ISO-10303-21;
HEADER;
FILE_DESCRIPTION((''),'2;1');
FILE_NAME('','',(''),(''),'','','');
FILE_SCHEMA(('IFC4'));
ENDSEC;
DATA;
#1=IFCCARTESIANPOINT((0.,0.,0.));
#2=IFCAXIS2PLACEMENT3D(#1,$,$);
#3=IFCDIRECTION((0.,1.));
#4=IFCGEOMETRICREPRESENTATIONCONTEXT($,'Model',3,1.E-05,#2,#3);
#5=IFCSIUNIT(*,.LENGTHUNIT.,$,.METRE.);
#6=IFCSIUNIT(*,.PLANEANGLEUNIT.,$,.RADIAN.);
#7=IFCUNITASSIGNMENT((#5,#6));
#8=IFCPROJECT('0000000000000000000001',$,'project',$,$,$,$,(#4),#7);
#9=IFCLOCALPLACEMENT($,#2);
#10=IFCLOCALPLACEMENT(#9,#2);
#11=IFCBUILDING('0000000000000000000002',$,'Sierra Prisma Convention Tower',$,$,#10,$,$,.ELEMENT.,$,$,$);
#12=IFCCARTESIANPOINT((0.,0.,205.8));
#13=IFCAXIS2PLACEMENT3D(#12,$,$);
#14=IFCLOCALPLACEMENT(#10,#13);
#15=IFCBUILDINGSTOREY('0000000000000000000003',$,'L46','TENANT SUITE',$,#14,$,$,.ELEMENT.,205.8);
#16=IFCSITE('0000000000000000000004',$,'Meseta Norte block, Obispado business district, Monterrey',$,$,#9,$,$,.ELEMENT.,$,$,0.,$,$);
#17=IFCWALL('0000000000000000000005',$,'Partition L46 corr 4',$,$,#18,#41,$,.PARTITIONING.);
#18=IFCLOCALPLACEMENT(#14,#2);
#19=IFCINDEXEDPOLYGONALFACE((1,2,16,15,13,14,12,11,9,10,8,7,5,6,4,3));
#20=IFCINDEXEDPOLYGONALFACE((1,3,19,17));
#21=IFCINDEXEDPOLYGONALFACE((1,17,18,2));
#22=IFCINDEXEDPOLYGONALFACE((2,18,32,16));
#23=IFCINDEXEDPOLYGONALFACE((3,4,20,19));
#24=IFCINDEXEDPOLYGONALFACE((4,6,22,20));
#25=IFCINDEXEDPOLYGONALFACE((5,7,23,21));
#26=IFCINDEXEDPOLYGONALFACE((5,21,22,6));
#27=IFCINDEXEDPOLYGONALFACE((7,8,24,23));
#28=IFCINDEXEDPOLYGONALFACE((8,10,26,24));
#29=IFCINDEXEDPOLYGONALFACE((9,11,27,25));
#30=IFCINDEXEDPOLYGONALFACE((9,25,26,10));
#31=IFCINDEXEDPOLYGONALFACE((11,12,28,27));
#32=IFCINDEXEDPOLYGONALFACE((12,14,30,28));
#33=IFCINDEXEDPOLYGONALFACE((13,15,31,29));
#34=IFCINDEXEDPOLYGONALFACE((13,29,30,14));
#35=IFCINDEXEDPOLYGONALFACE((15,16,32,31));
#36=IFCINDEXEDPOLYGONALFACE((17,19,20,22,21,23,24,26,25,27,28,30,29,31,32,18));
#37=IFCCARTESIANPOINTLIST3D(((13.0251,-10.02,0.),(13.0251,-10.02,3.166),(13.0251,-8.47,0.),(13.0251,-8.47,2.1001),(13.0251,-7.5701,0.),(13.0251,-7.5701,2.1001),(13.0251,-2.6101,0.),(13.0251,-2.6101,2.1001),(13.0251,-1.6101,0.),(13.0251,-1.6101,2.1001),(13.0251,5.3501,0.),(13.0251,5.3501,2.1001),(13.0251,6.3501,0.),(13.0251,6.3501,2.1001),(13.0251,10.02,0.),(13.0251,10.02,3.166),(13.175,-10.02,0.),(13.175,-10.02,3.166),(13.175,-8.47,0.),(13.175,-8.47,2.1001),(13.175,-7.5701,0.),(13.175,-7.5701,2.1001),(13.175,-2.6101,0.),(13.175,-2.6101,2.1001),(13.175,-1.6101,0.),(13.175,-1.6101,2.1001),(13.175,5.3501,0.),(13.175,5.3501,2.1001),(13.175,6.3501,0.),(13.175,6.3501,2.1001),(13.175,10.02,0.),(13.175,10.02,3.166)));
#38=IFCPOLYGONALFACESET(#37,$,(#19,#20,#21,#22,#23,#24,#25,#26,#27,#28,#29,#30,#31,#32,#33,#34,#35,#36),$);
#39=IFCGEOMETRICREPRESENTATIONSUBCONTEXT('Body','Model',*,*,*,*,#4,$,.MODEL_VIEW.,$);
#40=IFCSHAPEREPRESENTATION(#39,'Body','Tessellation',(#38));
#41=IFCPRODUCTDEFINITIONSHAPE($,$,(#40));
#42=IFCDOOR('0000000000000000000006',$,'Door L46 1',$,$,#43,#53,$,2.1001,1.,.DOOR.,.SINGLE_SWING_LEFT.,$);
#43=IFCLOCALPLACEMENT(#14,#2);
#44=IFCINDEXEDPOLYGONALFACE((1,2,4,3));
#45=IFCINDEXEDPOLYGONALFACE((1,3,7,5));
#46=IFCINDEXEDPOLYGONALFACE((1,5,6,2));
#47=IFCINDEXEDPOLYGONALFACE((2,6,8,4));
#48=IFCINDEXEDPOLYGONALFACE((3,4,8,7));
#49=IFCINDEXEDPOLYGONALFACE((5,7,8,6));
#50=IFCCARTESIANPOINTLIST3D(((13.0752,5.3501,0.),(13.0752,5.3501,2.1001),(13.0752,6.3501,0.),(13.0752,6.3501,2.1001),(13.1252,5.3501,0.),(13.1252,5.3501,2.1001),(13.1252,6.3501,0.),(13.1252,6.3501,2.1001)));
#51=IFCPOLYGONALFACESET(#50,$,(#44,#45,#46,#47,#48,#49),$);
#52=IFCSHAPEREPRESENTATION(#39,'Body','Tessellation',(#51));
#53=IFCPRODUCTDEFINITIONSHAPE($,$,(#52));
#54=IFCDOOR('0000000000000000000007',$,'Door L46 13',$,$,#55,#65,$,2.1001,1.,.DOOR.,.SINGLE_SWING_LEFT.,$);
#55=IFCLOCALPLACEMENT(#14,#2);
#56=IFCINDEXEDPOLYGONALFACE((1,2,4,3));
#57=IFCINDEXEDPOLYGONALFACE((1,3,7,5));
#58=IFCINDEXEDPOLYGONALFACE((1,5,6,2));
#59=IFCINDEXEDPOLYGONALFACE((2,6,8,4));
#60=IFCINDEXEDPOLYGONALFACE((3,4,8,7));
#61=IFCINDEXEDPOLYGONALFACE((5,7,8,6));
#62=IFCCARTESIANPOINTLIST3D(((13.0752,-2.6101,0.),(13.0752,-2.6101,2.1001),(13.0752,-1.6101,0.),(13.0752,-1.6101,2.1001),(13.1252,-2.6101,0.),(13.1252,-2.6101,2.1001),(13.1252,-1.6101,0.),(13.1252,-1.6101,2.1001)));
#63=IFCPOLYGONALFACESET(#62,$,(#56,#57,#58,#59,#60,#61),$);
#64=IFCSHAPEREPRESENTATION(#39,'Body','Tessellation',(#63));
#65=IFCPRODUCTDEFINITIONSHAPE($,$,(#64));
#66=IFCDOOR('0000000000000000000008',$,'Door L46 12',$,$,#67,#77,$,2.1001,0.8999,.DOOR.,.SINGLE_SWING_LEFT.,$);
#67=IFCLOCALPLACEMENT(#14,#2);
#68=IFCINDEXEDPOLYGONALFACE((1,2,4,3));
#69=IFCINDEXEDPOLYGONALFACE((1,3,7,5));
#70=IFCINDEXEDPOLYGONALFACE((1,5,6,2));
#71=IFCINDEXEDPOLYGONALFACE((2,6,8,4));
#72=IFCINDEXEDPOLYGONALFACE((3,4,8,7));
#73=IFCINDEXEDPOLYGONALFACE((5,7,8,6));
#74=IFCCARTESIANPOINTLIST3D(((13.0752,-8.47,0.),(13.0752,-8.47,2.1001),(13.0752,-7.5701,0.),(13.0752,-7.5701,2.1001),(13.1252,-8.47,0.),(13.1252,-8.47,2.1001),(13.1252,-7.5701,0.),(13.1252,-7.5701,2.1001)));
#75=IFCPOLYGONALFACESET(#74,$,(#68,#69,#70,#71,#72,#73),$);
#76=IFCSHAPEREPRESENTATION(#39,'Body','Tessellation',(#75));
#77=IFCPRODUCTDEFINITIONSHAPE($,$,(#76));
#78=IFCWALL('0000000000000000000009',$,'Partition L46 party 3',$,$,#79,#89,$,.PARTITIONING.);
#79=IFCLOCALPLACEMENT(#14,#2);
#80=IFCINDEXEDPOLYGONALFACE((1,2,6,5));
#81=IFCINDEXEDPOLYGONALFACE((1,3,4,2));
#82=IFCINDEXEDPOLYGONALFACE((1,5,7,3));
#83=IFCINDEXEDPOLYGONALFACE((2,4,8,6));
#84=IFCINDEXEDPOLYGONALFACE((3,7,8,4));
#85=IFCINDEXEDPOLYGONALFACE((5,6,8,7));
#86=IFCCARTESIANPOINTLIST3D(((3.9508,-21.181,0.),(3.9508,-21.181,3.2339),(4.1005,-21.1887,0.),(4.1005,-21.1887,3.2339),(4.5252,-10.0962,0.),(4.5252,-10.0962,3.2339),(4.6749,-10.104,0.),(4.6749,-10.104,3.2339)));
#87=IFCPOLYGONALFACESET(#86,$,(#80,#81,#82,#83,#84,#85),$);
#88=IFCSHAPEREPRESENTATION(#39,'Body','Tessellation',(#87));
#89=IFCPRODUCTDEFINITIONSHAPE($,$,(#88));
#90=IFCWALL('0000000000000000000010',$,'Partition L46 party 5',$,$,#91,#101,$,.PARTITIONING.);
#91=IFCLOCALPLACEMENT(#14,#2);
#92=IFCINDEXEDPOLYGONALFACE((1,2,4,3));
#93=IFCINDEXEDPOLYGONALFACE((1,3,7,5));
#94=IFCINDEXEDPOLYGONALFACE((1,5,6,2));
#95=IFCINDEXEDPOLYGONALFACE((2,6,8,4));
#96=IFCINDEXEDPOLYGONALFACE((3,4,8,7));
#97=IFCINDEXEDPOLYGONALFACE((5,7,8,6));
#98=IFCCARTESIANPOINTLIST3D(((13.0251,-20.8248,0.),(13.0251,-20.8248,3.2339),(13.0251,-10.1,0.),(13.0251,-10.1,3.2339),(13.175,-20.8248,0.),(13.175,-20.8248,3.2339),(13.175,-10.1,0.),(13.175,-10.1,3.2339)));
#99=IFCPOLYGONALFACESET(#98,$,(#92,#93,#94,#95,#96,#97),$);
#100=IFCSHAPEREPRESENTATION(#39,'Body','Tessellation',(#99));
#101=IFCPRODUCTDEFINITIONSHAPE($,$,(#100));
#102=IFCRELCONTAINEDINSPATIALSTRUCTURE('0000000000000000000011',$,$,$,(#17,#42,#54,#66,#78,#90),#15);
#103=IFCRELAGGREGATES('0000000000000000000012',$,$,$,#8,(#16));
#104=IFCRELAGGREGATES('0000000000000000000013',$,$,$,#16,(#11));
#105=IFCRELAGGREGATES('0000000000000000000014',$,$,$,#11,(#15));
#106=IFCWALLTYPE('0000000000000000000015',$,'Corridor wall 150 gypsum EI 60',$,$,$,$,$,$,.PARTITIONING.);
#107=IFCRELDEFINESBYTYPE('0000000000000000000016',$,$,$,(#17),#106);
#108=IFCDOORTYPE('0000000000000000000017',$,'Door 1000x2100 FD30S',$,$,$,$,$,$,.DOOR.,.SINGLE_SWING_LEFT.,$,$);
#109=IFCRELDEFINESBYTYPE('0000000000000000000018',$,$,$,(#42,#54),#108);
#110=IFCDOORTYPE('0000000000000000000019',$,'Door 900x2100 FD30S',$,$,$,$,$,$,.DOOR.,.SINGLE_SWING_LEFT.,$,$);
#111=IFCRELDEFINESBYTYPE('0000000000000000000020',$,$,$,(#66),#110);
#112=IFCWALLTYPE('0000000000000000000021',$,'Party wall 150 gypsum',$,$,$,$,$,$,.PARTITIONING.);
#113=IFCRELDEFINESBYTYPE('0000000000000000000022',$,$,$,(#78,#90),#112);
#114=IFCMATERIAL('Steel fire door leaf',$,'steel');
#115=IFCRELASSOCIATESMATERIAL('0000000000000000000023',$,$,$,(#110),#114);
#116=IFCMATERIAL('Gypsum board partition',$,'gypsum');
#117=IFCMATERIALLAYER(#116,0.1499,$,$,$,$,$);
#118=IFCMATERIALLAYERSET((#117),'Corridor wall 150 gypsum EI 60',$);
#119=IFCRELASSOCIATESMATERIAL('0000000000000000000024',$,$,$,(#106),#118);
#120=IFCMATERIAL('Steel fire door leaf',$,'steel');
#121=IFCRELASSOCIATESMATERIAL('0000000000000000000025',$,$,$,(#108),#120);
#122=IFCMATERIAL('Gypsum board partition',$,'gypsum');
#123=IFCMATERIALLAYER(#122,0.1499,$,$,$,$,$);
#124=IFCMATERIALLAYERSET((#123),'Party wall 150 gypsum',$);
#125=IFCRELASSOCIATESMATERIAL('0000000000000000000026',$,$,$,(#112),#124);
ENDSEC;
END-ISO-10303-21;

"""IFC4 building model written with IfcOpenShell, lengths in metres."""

from ifc_helpers import new_model, si_unit, direction, frame, frame_2d, origin, place, context, subcontext, project, spatial, rectangle, extrude, material, layer, layer_set, type_object, element, fill, save


model = new_model("IFC4")

# Units and contexts
model_context = context("Model", 3, precision=1e-05, world=origin(), true_north=direction((0.0, 1.0)))
body_context = subcontext(model_context, "Body", "Model", "MODEL_VIEW")
ifc_project = project(units=[si_unit("LENGTHUNIT", "METRE"), si_unit("PLANEANGLEUNIT", "RADIAN")], contexts=[model_context])

# Site, building, storey
site_placement = place(None, origin())
site = spatial("IfcSite", under=ifc_project, at=site_placement, Name="Meseta Norte block, Obispado business district, Monterrey", CompositionType="ELEMENT", RefElevation=0.0)
building_placement = place(site_placement, origin())
building = spatial("IfcBuilding", under=site, at=building_placement, Name="Sierra Prisma Convention Tower", CompositionType="ELEMENT")
storey_placement = place(building_placement, frame((0.0, 0.0, 205.8)))
storey = spatial("IfcBuildingStorey", under=building, at=storey_placement, Name="L46", Description="TENANT SUITE", CompositionType="ELEMENT", Elevation=205.8)

# Shared definitions
ifc_material_1 = material(Name="Steel fire door leaf", Category="steel")
door_type_1 = type_object("IfcDoorType", Name="Door 900x2100 FD30S", OperationType="SINGLE_SWING_LEFT", PredefinedType="DOOR", material=ifc_material_1)

# Wall, openings, doors
ifc_material_2 = material(Name="Gypsum board partition", Category="gypsum")
ifc_layer_1 = layer(ifc_material_2, 0.1499)
ifc_layer_set_1 = layer_set([ifc_layer_1], Name="Corridor wall 150 gypsum EI 60")
wall_type_1 = type_object("IfcWallType", Name="Corridor wall 150 gypsum EI 60", PredefinedType="PARTITIONING", material=ifc_layer_set_1)
wall_1_placement = place(storey_placement, frame((13.1001, -10.02, 0.0), z_axis=(0.0, 0.0, 1.0), x_axis=(0.0, 1.0, 0.0)))
wall_1 = element("IfcWall", 1, at=wall_1_placement, inside=storey, type_object=wall_type_1, Name="Partition L46 corr 4", PredefinedType="PARTITIONING", context=body_context, shape_type="SweptSolid", body=[
    extrude(rectangle(XDim=20.04, YDim=0.1499, at=frame_2d((10.02, 0.0))), origin(), (0.0, 0.0, 1.0), 3.166),
])
opening_1_placement = place(wall_1_placement, frame((15.3701, 0.0, 0.0)))
opening_1 = element("IfcOpeningElement", 2, at=opening_1_placement, cuts=wall_1, PredefinedType="OPENING", context=body_context, shape_type="SweptSolid", body=[
    extrude(rectangle(XDim=1.0, YDim=2.1001, at=frame_2d((0.5, 1.05))), frame((0.0, 0.075, 0.0), z_axis=(0.0, -1.0, 0.0), x_axis=(1.0, 0.0, 0.0)), (0.0, 0.0, 1.0), 0.1499),
])
opening_2_placement = place(wall_1_placement, frame((1.55, 0.0, 0.0)))
opening_2 = element("IfcOpeningElement", 3, at=opening_2_placement, cuts=wall_1, PredefinedType="OPENING", context=body_context, shape_type="SweptSolid", body=[
    extrude(rectangle(XDim=0.8999, YDim=2.1001, at=frame_2d((0.45, 1.05))), frame((0.0, 0.075, 0.0), z_axis=(0.0, -1.0, 0.0), x_axis=(1.0, 0.0, 0.0)), (0.0, 0.0, 1.0), 0.1499),
])
opening_3_placement = place(wall_1_placement, frame((7.4099, 0.0, 0.0)))
opening_3 = element("IfcOpeningElement", 4, at=opening_3_placement, cuts=wall_1, PredefinedType="OPENING", context=body_context, shape_type="SweptSolid", body=[
    extrude(rectangle(XDim=1.0, YDim=2.1001, at=frame_2d((0.5, 1.05))), frame((0.0, 0.075, 0.0), z_axis=(0.0, -1.0, 0.0), x_axis=(1.0, 0.0, 0.0)), (0.0, 0.0, 1.0), 0.1499),
])
ifc_material_3 = material(Name="Steel fire door leaf", Category="steel")
door_type_2 = type_object("IfcDoorType", Name="Door 1000x2100 FD30S", OperationType="SINGLE_SWING_LEFT", PredefinedType="DOOR", material=ifc_material_3)
door_1_placement = place(opening_1_placement, origin())
door_1 = element("IfcDoor", 5, at=door_1_placement, inside=storey, type_object=door_type_2, Name="Door L46 1", OperationType="SINGLE_SWING_LEFT", OverallHeight=2.1001, OverallWidth=1.0, PredefinedType="DOOR", context=body_context, shape_type="SweptSolid", body=[
    extrude(rectangle(XDim=1.0, YDim=2.1001, at=frame_2d((0.5, 1.05))), frame((0.0, 0.0249, 0.0), z_axis=(0.0, -1.0, 0.0), x_axis=(1.0, 0.0, 0.0)), (0.0, 0.0, 1.0), 0.05),
])
fill(opening_1, door_1)
door_2_placement = place(opening_3_placement, origin())
door_2 = element("IfcDoor", 6, at=door_2_placement, inside=storey, type_object=door_type_2, Name="Door L46 13", OperationType="SINGLE_SWING_LEFT", OverallHeight=2.1001, OverallWidth=1.0, PredefinedType="DOOR", context=body_context, shape_type="SweptSolid", body=[
    extrude(rectangle(XDim=1.0, YDim=2.1001, at=frame_2d((0.5, 1.05))), frame((0.0, 0.0249, 0.0), z_axis=(0.0, -1.0, 0.0), x_axis=(1.0, 0.0, 0.0)), (0.0, 0.0, 1.0), 0.05),
])
fill(opening_3, door_2)
door_3_placement = place(opening_2_placement, origin())
door_3 = element("IfcDoor", 7, at=door_3_placement, inside=storey, type_object=door_type_1, Name="Door L46 12", OperationType="SINGLE_SWING_LEFT", OverallHeight=2.1001, OverallWidth=0.8999, PredefinedType="DOOR", context=body_context, shape_type="SweptSolid", body=[
    extrude(rectangle(XDim=0.8999, YDim=2.1001, at=frame_2d((0.45, 1.05))), frame((0.0, 0.0249, 0.0), z_axis=(0.0, -1.0, 0.0), x_axis=(1.0, 0.0, 0.0)), (0.0, 0.0, 1.0), 0.05),
])
fill(opening_2, door_3)

# Walls
ifc_material_4 = material(Name="Gypsum board partition", Category="gypsum")
ifc_layer_2 = layer(ifc_material_4, 0.1499)
ifc_layer_set_2 = layer_set([ifc_layer_2], Name="Party wall 150 gypsum")
wall_type_2 = type_object("IfcWallType", Name="Party wall 150 gypsum", PredefinedType="PARTITIONING", material=ifc_layer_set_2)
wall_2_placement = place(storey_placement, frame((4.6001, -10.1001, 0.0), z_axis=(0.0, 0.0, 1.0), x_axis=(-0.051755, -0.99866, 0.0)))
element("IfcWall", 8, at=wall_2_placement, inside=storey, type_object=wall_type_2, Name="Partition L46 party 3", PredefinedType="PARTITIONING", context=body_context, shape_type="SweptSolid", body=[
    extrude(rectangle(XDim=11.0996, YDim=0.1499, at=frame_2d((5.5498, 0.0))), origin(), (0.0, 0.0, 1.0), 3.2339),
])
wall_3_placement = place(storey_placement, frame((13.1001, -10.1001, 0.0), z_axis=(0.0, 0.0, 1.0), x_axis=(0.0, -1.0, 0.0)))
element("IfcWall", 9, at=wall_3_placement, inside=storey, type_object=wall_type_2, Name="Partition L46 party 5", PredefinedType="PARTITIONING", context=body_context, shape_type="SweptSolid", body=[
    extrude(rectangle(XDim=10.7249, YDim=0.1499, at=frame_2d((5.3623, 0.0))), origin(), (0.0, 0.0, 1.0), 3.2339),
])

save(model, "model.ifc")
